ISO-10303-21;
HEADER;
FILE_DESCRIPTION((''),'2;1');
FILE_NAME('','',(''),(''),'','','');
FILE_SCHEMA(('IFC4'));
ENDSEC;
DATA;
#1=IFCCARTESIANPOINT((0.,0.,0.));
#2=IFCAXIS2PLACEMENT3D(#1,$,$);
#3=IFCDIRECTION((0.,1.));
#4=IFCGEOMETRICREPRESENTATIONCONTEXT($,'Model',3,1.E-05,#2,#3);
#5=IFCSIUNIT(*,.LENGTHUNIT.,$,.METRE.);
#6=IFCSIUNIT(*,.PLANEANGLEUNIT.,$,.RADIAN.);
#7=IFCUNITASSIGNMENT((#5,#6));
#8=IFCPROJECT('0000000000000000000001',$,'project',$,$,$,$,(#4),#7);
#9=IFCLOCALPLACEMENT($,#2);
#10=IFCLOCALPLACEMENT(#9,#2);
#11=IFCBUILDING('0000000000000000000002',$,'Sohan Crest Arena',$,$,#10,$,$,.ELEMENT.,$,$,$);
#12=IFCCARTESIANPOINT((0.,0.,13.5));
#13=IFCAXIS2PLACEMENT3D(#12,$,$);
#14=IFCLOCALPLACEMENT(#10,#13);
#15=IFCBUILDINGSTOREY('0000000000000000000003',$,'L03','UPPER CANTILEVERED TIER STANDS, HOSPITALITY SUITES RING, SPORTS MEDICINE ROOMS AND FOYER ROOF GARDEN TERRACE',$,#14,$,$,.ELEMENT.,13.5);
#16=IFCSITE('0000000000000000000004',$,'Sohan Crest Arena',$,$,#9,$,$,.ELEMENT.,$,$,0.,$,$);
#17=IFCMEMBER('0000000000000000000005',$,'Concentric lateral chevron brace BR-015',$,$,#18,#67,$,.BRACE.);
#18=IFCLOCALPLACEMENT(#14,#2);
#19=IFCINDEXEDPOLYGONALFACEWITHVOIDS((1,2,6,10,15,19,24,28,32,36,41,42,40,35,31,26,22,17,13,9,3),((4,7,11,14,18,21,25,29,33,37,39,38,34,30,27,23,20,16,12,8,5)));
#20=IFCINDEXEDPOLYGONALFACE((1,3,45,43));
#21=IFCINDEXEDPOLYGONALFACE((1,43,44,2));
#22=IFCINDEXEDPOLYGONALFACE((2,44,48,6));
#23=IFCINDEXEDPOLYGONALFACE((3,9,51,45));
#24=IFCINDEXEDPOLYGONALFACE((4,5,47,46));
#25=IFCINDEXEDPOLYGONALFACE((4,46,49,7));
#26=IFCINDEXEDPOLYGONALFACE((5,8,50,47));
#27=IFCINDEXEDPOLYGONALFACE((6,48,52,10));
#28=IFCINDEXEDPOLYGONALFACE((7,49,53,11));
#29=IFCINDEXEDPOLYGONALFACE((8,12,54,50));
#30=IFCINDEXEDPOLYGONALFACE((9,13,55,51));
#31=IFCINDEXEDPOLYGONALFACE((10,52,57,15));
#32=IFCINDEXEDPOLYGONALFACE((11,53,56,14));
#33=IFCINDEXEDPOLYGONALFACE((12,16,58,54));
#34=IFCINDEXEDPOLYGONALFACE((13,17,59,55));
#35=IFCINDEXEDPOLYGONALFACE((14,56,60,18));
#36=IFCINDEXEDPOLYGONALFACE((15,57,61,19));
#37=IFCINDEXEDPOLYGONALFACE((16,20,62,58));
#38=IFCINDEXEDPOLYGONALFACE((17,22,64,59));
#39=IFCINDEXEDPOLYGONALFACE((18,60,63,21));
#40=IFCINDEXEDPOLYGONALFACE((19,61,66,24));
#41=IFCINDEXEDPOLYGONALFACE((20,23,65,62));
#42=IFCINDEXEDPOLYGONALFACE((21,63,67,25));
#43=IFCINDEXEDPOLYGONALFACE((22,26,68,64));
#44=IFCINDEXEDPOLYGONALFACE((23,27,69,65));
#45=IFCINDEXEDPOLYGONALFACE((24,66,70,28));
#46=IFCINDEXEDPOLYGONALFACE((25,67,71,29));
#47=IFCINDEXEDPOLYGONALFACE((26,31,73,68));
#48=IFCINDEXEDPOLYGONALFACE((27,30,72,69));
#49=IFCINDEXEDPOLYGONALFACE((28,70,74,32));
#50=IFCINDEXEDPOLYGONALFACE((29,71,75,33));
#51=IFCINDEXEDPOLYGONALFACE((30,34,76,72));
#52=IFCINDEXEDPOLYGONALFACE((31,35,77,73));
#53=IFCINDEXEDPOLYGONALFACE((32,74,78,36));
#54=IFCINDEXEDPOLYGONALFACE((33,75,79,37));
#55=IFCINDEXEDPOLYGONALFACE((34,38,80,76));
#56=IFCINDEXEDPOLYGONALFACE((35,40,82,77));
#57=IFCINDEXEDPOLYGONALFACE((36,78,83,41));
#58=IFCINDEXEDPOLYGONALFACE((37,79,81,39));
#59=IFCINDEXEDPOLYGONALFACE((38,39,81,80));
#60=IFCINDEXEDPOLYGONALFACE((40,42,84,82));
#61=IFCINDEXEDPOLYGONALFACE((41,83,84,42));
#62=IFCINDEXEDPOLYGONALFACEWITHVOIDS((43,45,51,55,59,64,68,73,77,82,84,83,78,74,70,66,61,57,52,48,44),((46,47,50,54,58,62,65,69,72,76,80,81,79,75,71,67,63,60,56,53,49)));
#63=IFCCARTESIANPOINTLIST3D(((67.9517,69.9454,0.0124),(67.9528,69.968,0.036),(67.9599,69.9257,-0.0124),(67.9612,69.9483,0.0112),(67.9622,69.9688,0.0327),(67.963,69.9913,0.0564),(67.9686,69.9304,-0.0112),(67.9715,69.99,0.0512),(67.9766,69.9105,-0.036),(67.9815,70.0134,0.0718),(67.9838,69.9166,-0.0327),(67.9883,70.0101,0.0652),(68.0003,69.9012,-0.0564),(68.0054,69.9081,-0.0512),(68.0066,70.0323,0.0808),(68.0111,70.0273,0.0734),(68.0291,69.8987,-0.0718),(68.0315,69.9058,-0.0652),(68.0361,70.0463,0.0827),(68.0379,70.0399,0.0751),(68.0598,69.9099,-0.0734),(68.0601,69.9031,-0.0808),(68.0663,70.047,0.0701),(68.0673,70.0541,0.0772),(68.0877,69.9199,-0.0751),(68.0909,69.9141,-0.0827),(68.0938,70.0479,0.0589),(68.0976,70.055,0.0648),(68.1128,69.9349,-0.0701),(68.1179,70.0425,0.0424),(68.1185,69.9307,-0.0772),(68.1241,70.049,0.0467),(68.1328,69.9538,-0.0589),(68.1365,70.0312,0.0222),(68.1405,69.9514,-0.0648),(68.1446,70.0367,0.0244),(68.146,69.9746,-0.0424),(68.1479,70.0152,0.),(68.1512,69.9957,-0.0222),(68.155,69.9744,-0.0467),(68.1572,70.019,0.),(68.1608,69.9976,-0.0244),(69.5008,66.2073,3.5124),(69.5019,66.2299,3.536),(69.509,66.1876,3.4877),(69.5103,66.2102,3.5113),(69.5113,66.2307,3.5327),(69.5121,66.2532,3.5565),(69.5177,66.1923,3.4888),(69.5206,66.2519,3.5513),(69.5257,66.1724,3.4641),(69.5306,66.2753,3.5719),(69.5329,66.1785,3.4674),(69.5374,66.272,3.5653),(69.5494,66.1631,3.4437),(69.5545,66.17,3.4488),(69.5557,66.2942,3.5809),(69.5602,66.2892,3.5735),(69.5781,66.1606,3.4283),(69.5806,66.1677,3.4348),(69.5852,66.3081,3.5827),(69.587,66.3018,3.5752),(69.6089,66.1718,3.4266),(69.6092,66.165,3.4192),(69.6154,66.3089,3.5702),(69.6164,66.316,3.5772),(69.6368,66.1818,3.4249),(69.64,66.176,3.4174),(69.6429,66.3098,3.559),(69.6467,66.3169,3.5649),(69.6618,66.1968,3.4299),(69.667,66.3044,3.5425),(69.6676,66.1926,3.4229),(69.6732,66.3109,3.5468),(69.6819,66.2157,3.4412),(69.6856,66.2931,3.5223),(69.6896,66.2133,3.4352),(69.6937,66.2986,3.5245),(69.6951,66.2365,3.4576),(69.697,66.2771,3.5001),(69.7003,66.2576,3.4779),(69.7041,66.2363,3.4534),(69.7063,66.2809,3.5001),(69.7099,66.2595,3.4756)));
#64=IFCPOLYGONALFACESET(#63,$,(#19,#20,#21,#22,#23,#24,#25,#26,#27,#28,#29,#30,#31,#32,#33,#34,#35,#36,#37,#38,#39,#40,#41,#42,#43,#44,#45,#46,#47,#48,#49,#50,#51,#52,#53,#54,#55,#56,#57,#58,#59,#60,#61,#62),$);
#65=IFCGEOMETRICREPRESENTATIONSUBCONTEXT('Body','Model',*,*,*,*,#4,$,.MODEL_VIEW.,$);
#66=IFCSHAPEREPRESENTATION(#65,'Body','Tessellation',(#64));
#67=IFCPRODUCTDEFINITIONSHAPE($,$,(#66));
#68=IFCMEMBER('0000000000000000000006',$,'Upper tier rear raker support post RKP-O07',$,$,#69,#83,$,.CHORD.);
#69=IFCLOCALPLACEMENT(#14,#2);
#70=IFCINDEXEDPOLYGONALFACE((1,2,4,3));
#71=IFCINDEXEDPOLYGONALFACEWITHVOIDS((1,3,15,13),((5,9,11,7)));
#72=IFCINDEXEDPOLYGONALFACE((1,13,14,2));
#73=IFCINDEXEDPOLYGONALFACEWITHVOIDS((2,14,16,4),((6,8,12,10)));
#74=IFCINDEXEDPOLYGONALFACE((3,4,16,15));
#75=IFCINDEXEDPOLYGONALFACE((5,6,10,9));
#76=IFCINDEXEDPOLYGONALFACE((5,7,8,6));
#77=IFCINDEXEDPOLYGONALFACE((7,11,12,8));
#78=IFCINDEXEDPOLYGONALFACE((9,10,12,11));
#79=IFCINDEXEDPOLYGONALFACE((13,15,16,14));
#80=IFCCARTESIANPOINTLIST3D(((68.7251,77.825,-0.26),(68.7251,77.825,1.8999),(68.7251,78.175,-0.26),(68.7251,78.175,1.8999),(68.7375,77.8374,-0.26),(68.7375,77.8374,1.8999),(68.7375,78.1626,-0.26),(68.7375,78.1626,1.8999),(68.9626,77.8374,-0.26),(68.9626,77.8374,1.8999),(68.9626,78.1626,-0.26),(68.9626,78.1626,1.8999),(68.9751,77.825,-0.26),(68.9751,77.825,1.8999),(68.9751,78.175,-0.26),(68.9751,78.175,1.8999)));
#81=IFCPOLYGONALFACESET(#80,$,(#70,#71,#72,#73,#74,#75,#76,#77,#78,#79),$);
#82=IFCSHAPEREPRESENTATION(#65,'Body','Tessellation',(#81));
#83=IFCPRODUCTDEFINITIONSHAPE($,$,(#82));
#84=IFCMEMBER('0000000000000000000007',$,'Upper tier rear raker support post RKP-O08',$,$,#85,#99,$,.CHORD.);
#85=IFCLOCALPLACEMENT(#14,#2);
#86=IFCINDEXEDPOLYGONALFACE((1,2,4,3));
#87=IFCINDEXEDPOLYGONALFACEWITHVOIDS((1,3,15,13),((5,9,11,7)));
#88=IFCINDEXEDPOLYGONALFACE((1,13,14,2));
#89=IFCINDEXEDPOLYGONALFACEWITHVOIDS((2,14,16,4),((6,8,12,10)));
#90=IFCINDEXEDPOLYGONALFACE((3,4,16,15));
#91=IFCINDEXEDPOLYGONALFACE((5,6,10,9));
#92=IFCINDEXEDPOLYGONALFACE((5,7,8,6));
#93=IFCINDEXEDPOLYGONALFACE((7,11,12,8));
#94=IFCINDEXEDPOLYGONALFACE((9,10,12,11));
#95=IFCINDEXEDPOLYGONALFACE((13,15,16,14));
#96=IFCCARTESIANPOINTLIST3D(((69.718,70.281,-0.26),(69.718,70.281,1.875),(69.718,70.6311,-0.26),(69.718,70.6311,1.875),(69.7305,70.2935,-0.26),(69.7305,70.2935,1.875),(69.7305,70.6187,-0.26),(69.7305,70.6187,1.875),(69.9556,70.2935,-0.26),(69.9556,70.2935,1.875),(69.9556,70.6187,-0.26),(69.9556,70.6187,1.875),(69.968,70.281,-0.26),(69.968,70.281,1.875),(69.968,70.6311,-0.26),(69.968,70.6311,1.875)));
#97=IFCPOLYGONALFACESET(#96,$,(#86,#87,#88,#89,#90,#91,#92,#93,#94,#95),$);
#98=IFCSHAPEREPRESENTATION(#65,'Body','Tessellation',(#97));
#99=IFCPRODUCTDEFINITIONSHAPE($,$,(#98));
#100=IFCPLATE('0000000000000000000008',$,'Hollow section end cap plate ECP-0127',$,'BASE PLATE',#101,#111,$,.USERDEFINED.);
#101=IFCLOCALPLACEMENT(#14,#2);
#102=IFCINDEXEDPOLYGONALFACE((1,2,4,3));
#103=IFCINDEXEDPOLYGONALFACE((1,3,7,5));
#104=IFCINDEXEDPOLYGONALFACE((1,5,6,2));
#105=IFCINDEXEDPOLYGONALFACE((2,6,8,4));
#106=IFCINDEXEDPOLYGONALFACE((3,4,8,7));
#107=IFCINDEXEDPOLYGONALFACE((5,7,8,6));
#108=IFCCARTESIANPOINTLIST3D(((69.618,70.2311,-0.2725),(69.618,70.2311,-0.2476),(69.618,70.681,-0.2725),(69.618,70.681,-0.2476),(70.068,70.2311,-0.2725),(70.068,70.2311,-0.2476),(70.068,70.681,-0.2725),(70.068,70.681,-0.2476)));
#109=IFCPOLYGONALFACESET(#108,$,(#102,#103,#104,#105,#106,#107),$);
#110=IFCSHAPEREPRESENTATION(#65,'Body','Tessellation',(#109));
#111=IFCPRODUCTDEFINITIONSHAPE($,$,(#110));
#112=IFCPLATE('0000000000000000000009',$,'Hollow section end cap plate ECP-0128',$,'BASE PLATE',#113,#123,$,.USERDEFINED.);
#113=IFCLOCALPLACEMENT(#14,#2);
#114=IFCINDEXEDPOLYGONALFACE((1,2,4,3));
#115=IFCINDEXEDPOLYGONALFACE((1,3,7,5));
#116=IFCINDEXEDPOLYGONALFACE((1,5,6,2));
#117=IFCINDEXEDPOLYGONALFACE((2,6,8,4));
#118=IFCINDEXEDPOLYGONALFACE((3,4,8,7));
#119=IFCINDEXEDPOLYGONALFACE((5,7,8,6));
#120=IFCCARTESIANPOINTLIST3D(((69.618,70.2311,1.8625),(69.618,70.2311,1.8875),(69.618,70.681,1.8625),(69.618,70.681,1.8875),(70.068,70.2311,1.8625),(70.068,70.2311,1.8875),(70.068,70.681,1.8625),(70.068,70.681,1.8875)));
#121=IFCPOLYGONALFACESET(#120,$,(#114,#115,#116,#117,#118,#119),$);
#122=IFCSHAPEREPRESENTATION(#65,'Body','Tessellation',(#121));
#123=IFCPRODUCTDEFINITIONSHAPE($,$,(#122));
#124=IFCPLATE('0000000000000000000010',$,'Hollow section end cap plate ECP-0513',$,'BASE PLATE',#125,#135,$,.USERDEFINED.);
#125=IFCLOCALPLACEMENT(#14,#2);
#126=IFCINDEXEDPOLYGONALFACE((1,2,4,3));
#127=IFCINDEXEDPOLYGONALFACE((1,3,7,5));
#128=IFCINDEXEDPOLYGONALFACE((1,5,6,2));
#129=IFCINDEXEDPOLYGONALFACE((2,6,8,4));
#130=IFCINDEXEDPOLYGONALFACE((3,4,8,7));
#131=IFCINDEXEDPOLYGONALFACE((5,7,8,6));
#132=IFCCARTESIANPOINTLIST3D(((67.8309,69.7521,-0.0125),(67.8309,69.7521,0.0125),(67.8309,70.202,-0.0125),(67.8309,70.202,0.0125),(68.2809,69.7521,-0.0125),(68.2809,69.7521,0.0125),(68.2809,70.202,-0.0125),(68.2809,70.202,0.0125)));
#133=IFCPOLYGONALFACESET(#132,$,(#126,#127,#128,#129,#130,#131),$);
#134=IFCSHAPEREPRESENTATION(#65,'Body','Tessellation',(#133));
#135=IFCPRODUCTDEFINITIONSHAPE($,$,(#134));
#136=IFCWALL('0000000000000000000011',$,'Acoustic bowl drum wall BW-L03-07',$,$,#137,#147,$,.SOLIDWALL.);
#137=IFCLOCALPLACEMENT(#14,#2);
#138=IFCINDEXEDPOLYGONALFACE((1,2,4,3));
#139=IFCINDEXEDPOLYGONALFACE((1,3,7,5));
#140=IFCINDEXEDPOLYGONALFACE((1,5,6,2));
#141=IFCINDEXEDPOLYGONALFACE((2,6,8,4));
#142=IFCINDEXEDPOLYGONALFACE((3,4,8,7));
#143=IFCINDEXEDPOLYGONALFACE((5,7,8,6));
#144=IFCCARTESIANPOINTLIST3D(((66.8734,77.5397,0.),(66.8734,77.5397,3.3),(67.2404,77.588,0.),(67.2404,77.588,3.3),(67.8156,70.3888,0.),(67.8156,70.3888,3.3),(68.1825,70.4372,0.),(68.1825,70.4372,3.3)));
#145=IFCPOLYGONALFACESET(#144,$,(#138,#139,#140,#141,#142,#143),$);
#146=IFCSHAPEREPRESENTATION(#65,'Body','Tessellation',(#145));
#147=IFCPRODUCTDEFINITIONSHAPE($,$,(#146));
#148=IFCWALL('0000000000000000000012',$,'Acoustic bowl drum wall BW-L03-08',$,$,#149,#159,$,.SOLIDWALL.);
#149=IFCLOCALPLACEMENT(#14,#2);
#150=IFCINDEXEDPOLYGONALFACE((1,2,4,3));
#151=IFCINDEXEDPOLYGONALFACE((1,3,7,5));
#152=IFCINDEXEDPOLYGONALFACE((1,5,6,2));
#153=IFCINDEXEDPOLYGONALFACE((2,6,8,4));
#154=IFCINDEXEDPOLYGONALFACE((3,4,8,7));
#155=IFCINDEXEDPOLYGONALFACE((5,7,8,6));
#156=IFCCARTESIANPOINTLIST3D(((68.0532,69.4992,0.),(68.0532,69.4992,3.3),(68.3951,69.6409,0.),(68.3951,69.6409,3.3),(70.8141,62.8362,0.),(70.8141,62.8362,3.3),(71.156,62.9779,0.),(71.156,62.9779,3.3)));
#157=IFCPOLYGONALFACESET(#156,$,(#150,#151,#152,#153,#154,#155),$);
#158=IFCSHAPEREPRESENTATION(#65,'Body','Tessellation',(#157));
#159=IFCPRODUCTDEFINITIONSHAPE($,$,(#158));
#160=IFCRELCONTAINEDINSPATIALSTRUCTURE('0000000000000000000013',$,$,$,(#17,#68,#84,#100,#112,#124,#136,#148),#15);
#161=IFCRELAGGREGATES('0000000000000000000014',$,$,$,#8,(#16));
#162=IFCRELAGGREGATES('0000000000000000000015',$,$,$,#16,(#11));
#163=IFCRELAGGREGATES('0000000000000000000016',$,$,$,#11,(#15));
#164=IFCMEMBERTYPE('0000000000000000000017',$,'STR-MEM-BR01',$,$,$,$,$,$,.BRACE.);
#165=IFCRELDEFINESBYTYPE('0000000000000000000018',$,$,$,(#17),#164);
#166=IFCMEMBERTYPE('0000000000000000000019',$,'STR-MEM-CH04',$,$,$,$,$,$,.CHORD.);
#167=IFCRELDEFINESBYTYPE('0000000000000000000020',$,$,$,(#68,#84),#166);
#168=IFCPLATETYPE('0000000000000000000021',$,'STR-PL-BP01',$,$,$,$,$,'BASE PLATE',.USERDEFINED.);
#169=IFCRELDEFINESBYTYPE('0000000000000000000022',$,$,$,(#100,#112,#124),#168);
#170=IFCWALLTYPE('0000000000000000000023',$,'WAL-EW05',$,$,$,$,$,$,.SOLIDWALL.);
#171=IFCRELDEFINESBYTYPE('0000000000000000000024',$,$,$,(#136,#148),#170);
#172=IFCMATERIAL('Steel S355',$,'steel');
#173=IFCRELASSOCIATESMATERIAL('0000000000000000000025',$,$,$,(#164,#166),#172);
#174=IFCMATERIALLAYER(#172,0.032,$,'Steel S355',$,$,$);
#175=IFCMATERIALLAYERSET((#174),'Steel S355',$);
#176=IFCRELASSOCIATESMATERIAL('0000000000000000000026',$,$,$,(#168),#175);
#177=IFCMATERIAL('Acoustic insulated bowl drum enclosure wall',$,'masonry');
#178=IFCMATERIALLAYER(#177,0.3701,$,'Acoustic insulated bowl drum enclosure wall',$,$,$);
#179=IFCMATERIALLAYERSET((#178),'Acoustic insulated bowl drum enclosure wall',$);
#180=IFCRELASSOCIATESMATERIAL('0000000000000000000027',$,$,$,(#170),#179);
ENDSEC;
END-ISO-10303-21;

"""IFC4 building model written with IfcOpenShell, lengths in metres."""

from ifc_helpers import new_model, si_unit, direction, frame, frame_2d, origin, origin_2d, place, context, subcontext, project, spatial, rectangle, hollow_rectangle, hollow_circle, extrude, material, layer, layer_set, material_profile, profile_set, type_object, element, save


model = new_model("IFC4")

# Units and contexts
model_context = context("Model", 3, precision=1e-05, world=origin(), true_north=direction((0.0, 1.0)))
body_context = subcontext(model_context, "Body", "Model", "MODEL_VIEW")
ifc_project = project(units=[si_unit("LENGTHUNIT", "METRE"), si_unit("PLANEANGLEUNIT", "RADIAN")], contexts=[model_context])

# Site, building, storey
site_placement = place(None, origin())
site = spatial("IfcSite", under=ifc_project, at=site_placement, Name="Sohan Crest Arena", CompositionType="ELEMENT", RefElevation=0.0)
building_placement = place(site_placement, origin())
building = spatial("IfcBuilding", under=site, at=building_placement, Name="Sohan Crest Arena", CompositionType="ELEMENT")
storey_placement = place(building_placement, frame((0.0, 0.0, 13.5)))
storey = spatial("IfcBuildingStorey", under=building, at=storey_placement, Name="L03", Description="UPPER CANTILEVERED TIER STANDS, HOSPITALITY SUITES RING, SPORTS MEDICINE ROOMS AND FOYER ROOF GARDEN TERRACE", CompositionType="ELEMENT", Elevation=13.5)

# Shared definitions
ifc_material_1 = material(Name="Steel S355", Category="steel")

# Members
ifc_material_profile_1 = material_profile(ifc_material_1, hollow_circle(Radius=0.1096, WallThickness=0.01, at=origin_2d()), Name="CHS 219.1x10")
ifc_profile_set_1 = profile_set([ifc_material_profile_1], Name="Steel S355")
member_type_1 = type_object("IfcMemberType", Name="STR-MEM-BR01", PredefinedType="BRACE", material=ifc_profile_set_1)
member_1_placement = place(storey_placement, frame((68.0559, 69.9771, 0.0), z_axis=(0.289546, -0.698698, 0.654205), x_axis=(0.923816, 0.382837, 0.0)))
element("IfcMember", 1, at=member_1_placement, inside=storey, type_object=member_type_1, Name="Concentric lateral chevron brace BR-015", PredefinedType="BRACE", context=body_context, shape_type="SweptSolid", body=[
    extrude(hollow_circle(Radius=0.1096, WallThickness=0.01, at=origin_2d()), origin(), (0.0, 0.0, 1.0), 5.3501),
])
ifc_material_profile_2 = material_profile(ifc_material_1, hollow_rectangle(XDim=0.25, YDim=0.3501, WallThickness=0.0125, at=origin_2d()), Name="RHS 350x250x12.5")
ifc_profile_set_2 = profile_set([ifc_material_profile_2], Name="Steel S355")
member_type_2 = type_object("IfcMemberType", Name="STR-MEM-CH04", PredefinedType="CHORD", material=ifc_profile_set_2)
member_2_placement = place(storey_placement, frame((68.8501, 78.0, -0.26), z_axis=(0.0, 0.0, 1.0), x_axis=(1.0, 0.0, 0.0)))
element("IfcMember", 2, at=member_2_placement, inside=storey, type_object=member_type_2, Name="Upper tier rear raker support post RKP-O07", PredefinedType="CHORD", context=body_context, shape_type="SweptSolid", body=[
    extrude(hollow_rectangle(XDim=0.25, YDim=0.3501, WallThickness=0.0125, at=origin_2d()), origin(), (0.0, 0.0, 1.0), 2.1599),
])
member_3_placement = place(storey_placement, frame((69.843, 70.4561, -0.26), z_axis=(0.0, 0.0, 1.0), x_axis=(1.0, 0.0, 0.0)))
element("IfcMember", 3, at=member_3_placement, inside=storey, type_object=member_type_2, Name="Upper tier rear raker support post RKP-O08", PredefinedType="CHORD", context=body_context, shape_type="SweptSolid", body=[
    extrude(hollow_rectangle(XDim=0.25, YDim=0.3501, WallThickness=0.0125, at=origin_2d()), origin(), (0.0, 0.0, 1.0), 2.135),
])

# Plates
ifc_layer_1 = layer(ifc_material_1, 0.032, Name="Steel S355")
ifc_layer_set_1 = layer_set([ifc_layer_1], Name="Steel S355")
plate_type = type_object("IfcPlateType", Name="STR-PL-BP01", ElementType="BASE PLATE", PredefinedType="USERDEFINED", material=ifc_layer_set_1)
for number, where, z_axis, x_axis, name in (
    (4, (69.843, 70.4561, -0.2725), (0.0, 0.0, 1.0), (1.0, 0.0, 0.0), "Hollow section end cap plate ECP-0127"),
    (5, (69.843, 70.4561, 1.8625), (0.0, 0.0, 1.0), (1.0, 0.0, 0.0), "Hollow section end cap plate ECP-0128"),
    (6, (68.0559, 69.9771, -0.0125), (0.0, 0.0, 1.0), (1.0, 0.0, 0.0), "Hollow section end cap plate ECP-0513"),
):
    element("IfcPlate", number, at=place(storey_placement, frame(where, z_axis=z_axis, x_axis=x_axis)), inside=storey, type_object=plate_type, Name=name, ObjectType="BASE PLATE", PredefinedType="USERDEFINED", context=body_context, shape_type="SweptSolid", body=[
        extrude(rectangle(XDim=0.45, YDim=0.45, at=origin_2d()), origin(), (0.0, 0.0, 1.0), 0.0249),
    ])

# Walls
ifc_material_2 = material(Name="Acoustic insulated bowl drum enclosure wall", Category="masonry")
ifc_layer_2 = layer(ifc_material_2, 0.3701, Name="Acoustic insulated bowl drum enclosure wall")
ifc_layer_set_2 = layer_set([ifc_layer_2], Name="Acoustic insulated bowl drum enclosure wall")
wall_type = type_object("IfcWallType", Name="WAL-EW05", PredefinedType="SOLIDWALL", material=ifc_layer_set_2)
wall_1_placement = place(storey_placement, frame((67.0569, 77.564, 0.0), z_axis=(0.0, 0.0, 1.0), x_axis=(0.130623, -0.991432, 0.0)))
element("IfcWall", 7, at=wall_1_placement, inside=storey, type_object=wall_type, Name="Acoustic bowl drum wall BW-L03-07", PredefinedType="SOLIDWALL", context=body_context, shape_type="SweptSolid", body=[
    extrude(rectangle(XDim=7.2126, YDim=0.3701, at=frame_2d((3.6064, 0.0))), origin(), (0.0, 0.0, 1.0), 3.3),
])
wall_2_placement = place(storey_placement, frame((68.2241, 69.5701, 0.0), z_axis=(0.0, 0.0, 1.0), x_axis=(0.382807, -0.923828, 0.0)))
element("IfcWall", 8, at=wall_2_placement, inside=storey, type_object=wall_type, Name="Acoustic bowl drum wall BW-L03-08", PredefinedType="SOLIDWALL", context=body_context, shape_type="SweptSolid", body=[
    extrude(rectangle(XDim=7.2124, YDim=0.3701, at=frame_2d((3.6062, 0.0))), origin(), (0.0, 0.0, 1.0), 3.3),
])

save(model, "model.ifc")
